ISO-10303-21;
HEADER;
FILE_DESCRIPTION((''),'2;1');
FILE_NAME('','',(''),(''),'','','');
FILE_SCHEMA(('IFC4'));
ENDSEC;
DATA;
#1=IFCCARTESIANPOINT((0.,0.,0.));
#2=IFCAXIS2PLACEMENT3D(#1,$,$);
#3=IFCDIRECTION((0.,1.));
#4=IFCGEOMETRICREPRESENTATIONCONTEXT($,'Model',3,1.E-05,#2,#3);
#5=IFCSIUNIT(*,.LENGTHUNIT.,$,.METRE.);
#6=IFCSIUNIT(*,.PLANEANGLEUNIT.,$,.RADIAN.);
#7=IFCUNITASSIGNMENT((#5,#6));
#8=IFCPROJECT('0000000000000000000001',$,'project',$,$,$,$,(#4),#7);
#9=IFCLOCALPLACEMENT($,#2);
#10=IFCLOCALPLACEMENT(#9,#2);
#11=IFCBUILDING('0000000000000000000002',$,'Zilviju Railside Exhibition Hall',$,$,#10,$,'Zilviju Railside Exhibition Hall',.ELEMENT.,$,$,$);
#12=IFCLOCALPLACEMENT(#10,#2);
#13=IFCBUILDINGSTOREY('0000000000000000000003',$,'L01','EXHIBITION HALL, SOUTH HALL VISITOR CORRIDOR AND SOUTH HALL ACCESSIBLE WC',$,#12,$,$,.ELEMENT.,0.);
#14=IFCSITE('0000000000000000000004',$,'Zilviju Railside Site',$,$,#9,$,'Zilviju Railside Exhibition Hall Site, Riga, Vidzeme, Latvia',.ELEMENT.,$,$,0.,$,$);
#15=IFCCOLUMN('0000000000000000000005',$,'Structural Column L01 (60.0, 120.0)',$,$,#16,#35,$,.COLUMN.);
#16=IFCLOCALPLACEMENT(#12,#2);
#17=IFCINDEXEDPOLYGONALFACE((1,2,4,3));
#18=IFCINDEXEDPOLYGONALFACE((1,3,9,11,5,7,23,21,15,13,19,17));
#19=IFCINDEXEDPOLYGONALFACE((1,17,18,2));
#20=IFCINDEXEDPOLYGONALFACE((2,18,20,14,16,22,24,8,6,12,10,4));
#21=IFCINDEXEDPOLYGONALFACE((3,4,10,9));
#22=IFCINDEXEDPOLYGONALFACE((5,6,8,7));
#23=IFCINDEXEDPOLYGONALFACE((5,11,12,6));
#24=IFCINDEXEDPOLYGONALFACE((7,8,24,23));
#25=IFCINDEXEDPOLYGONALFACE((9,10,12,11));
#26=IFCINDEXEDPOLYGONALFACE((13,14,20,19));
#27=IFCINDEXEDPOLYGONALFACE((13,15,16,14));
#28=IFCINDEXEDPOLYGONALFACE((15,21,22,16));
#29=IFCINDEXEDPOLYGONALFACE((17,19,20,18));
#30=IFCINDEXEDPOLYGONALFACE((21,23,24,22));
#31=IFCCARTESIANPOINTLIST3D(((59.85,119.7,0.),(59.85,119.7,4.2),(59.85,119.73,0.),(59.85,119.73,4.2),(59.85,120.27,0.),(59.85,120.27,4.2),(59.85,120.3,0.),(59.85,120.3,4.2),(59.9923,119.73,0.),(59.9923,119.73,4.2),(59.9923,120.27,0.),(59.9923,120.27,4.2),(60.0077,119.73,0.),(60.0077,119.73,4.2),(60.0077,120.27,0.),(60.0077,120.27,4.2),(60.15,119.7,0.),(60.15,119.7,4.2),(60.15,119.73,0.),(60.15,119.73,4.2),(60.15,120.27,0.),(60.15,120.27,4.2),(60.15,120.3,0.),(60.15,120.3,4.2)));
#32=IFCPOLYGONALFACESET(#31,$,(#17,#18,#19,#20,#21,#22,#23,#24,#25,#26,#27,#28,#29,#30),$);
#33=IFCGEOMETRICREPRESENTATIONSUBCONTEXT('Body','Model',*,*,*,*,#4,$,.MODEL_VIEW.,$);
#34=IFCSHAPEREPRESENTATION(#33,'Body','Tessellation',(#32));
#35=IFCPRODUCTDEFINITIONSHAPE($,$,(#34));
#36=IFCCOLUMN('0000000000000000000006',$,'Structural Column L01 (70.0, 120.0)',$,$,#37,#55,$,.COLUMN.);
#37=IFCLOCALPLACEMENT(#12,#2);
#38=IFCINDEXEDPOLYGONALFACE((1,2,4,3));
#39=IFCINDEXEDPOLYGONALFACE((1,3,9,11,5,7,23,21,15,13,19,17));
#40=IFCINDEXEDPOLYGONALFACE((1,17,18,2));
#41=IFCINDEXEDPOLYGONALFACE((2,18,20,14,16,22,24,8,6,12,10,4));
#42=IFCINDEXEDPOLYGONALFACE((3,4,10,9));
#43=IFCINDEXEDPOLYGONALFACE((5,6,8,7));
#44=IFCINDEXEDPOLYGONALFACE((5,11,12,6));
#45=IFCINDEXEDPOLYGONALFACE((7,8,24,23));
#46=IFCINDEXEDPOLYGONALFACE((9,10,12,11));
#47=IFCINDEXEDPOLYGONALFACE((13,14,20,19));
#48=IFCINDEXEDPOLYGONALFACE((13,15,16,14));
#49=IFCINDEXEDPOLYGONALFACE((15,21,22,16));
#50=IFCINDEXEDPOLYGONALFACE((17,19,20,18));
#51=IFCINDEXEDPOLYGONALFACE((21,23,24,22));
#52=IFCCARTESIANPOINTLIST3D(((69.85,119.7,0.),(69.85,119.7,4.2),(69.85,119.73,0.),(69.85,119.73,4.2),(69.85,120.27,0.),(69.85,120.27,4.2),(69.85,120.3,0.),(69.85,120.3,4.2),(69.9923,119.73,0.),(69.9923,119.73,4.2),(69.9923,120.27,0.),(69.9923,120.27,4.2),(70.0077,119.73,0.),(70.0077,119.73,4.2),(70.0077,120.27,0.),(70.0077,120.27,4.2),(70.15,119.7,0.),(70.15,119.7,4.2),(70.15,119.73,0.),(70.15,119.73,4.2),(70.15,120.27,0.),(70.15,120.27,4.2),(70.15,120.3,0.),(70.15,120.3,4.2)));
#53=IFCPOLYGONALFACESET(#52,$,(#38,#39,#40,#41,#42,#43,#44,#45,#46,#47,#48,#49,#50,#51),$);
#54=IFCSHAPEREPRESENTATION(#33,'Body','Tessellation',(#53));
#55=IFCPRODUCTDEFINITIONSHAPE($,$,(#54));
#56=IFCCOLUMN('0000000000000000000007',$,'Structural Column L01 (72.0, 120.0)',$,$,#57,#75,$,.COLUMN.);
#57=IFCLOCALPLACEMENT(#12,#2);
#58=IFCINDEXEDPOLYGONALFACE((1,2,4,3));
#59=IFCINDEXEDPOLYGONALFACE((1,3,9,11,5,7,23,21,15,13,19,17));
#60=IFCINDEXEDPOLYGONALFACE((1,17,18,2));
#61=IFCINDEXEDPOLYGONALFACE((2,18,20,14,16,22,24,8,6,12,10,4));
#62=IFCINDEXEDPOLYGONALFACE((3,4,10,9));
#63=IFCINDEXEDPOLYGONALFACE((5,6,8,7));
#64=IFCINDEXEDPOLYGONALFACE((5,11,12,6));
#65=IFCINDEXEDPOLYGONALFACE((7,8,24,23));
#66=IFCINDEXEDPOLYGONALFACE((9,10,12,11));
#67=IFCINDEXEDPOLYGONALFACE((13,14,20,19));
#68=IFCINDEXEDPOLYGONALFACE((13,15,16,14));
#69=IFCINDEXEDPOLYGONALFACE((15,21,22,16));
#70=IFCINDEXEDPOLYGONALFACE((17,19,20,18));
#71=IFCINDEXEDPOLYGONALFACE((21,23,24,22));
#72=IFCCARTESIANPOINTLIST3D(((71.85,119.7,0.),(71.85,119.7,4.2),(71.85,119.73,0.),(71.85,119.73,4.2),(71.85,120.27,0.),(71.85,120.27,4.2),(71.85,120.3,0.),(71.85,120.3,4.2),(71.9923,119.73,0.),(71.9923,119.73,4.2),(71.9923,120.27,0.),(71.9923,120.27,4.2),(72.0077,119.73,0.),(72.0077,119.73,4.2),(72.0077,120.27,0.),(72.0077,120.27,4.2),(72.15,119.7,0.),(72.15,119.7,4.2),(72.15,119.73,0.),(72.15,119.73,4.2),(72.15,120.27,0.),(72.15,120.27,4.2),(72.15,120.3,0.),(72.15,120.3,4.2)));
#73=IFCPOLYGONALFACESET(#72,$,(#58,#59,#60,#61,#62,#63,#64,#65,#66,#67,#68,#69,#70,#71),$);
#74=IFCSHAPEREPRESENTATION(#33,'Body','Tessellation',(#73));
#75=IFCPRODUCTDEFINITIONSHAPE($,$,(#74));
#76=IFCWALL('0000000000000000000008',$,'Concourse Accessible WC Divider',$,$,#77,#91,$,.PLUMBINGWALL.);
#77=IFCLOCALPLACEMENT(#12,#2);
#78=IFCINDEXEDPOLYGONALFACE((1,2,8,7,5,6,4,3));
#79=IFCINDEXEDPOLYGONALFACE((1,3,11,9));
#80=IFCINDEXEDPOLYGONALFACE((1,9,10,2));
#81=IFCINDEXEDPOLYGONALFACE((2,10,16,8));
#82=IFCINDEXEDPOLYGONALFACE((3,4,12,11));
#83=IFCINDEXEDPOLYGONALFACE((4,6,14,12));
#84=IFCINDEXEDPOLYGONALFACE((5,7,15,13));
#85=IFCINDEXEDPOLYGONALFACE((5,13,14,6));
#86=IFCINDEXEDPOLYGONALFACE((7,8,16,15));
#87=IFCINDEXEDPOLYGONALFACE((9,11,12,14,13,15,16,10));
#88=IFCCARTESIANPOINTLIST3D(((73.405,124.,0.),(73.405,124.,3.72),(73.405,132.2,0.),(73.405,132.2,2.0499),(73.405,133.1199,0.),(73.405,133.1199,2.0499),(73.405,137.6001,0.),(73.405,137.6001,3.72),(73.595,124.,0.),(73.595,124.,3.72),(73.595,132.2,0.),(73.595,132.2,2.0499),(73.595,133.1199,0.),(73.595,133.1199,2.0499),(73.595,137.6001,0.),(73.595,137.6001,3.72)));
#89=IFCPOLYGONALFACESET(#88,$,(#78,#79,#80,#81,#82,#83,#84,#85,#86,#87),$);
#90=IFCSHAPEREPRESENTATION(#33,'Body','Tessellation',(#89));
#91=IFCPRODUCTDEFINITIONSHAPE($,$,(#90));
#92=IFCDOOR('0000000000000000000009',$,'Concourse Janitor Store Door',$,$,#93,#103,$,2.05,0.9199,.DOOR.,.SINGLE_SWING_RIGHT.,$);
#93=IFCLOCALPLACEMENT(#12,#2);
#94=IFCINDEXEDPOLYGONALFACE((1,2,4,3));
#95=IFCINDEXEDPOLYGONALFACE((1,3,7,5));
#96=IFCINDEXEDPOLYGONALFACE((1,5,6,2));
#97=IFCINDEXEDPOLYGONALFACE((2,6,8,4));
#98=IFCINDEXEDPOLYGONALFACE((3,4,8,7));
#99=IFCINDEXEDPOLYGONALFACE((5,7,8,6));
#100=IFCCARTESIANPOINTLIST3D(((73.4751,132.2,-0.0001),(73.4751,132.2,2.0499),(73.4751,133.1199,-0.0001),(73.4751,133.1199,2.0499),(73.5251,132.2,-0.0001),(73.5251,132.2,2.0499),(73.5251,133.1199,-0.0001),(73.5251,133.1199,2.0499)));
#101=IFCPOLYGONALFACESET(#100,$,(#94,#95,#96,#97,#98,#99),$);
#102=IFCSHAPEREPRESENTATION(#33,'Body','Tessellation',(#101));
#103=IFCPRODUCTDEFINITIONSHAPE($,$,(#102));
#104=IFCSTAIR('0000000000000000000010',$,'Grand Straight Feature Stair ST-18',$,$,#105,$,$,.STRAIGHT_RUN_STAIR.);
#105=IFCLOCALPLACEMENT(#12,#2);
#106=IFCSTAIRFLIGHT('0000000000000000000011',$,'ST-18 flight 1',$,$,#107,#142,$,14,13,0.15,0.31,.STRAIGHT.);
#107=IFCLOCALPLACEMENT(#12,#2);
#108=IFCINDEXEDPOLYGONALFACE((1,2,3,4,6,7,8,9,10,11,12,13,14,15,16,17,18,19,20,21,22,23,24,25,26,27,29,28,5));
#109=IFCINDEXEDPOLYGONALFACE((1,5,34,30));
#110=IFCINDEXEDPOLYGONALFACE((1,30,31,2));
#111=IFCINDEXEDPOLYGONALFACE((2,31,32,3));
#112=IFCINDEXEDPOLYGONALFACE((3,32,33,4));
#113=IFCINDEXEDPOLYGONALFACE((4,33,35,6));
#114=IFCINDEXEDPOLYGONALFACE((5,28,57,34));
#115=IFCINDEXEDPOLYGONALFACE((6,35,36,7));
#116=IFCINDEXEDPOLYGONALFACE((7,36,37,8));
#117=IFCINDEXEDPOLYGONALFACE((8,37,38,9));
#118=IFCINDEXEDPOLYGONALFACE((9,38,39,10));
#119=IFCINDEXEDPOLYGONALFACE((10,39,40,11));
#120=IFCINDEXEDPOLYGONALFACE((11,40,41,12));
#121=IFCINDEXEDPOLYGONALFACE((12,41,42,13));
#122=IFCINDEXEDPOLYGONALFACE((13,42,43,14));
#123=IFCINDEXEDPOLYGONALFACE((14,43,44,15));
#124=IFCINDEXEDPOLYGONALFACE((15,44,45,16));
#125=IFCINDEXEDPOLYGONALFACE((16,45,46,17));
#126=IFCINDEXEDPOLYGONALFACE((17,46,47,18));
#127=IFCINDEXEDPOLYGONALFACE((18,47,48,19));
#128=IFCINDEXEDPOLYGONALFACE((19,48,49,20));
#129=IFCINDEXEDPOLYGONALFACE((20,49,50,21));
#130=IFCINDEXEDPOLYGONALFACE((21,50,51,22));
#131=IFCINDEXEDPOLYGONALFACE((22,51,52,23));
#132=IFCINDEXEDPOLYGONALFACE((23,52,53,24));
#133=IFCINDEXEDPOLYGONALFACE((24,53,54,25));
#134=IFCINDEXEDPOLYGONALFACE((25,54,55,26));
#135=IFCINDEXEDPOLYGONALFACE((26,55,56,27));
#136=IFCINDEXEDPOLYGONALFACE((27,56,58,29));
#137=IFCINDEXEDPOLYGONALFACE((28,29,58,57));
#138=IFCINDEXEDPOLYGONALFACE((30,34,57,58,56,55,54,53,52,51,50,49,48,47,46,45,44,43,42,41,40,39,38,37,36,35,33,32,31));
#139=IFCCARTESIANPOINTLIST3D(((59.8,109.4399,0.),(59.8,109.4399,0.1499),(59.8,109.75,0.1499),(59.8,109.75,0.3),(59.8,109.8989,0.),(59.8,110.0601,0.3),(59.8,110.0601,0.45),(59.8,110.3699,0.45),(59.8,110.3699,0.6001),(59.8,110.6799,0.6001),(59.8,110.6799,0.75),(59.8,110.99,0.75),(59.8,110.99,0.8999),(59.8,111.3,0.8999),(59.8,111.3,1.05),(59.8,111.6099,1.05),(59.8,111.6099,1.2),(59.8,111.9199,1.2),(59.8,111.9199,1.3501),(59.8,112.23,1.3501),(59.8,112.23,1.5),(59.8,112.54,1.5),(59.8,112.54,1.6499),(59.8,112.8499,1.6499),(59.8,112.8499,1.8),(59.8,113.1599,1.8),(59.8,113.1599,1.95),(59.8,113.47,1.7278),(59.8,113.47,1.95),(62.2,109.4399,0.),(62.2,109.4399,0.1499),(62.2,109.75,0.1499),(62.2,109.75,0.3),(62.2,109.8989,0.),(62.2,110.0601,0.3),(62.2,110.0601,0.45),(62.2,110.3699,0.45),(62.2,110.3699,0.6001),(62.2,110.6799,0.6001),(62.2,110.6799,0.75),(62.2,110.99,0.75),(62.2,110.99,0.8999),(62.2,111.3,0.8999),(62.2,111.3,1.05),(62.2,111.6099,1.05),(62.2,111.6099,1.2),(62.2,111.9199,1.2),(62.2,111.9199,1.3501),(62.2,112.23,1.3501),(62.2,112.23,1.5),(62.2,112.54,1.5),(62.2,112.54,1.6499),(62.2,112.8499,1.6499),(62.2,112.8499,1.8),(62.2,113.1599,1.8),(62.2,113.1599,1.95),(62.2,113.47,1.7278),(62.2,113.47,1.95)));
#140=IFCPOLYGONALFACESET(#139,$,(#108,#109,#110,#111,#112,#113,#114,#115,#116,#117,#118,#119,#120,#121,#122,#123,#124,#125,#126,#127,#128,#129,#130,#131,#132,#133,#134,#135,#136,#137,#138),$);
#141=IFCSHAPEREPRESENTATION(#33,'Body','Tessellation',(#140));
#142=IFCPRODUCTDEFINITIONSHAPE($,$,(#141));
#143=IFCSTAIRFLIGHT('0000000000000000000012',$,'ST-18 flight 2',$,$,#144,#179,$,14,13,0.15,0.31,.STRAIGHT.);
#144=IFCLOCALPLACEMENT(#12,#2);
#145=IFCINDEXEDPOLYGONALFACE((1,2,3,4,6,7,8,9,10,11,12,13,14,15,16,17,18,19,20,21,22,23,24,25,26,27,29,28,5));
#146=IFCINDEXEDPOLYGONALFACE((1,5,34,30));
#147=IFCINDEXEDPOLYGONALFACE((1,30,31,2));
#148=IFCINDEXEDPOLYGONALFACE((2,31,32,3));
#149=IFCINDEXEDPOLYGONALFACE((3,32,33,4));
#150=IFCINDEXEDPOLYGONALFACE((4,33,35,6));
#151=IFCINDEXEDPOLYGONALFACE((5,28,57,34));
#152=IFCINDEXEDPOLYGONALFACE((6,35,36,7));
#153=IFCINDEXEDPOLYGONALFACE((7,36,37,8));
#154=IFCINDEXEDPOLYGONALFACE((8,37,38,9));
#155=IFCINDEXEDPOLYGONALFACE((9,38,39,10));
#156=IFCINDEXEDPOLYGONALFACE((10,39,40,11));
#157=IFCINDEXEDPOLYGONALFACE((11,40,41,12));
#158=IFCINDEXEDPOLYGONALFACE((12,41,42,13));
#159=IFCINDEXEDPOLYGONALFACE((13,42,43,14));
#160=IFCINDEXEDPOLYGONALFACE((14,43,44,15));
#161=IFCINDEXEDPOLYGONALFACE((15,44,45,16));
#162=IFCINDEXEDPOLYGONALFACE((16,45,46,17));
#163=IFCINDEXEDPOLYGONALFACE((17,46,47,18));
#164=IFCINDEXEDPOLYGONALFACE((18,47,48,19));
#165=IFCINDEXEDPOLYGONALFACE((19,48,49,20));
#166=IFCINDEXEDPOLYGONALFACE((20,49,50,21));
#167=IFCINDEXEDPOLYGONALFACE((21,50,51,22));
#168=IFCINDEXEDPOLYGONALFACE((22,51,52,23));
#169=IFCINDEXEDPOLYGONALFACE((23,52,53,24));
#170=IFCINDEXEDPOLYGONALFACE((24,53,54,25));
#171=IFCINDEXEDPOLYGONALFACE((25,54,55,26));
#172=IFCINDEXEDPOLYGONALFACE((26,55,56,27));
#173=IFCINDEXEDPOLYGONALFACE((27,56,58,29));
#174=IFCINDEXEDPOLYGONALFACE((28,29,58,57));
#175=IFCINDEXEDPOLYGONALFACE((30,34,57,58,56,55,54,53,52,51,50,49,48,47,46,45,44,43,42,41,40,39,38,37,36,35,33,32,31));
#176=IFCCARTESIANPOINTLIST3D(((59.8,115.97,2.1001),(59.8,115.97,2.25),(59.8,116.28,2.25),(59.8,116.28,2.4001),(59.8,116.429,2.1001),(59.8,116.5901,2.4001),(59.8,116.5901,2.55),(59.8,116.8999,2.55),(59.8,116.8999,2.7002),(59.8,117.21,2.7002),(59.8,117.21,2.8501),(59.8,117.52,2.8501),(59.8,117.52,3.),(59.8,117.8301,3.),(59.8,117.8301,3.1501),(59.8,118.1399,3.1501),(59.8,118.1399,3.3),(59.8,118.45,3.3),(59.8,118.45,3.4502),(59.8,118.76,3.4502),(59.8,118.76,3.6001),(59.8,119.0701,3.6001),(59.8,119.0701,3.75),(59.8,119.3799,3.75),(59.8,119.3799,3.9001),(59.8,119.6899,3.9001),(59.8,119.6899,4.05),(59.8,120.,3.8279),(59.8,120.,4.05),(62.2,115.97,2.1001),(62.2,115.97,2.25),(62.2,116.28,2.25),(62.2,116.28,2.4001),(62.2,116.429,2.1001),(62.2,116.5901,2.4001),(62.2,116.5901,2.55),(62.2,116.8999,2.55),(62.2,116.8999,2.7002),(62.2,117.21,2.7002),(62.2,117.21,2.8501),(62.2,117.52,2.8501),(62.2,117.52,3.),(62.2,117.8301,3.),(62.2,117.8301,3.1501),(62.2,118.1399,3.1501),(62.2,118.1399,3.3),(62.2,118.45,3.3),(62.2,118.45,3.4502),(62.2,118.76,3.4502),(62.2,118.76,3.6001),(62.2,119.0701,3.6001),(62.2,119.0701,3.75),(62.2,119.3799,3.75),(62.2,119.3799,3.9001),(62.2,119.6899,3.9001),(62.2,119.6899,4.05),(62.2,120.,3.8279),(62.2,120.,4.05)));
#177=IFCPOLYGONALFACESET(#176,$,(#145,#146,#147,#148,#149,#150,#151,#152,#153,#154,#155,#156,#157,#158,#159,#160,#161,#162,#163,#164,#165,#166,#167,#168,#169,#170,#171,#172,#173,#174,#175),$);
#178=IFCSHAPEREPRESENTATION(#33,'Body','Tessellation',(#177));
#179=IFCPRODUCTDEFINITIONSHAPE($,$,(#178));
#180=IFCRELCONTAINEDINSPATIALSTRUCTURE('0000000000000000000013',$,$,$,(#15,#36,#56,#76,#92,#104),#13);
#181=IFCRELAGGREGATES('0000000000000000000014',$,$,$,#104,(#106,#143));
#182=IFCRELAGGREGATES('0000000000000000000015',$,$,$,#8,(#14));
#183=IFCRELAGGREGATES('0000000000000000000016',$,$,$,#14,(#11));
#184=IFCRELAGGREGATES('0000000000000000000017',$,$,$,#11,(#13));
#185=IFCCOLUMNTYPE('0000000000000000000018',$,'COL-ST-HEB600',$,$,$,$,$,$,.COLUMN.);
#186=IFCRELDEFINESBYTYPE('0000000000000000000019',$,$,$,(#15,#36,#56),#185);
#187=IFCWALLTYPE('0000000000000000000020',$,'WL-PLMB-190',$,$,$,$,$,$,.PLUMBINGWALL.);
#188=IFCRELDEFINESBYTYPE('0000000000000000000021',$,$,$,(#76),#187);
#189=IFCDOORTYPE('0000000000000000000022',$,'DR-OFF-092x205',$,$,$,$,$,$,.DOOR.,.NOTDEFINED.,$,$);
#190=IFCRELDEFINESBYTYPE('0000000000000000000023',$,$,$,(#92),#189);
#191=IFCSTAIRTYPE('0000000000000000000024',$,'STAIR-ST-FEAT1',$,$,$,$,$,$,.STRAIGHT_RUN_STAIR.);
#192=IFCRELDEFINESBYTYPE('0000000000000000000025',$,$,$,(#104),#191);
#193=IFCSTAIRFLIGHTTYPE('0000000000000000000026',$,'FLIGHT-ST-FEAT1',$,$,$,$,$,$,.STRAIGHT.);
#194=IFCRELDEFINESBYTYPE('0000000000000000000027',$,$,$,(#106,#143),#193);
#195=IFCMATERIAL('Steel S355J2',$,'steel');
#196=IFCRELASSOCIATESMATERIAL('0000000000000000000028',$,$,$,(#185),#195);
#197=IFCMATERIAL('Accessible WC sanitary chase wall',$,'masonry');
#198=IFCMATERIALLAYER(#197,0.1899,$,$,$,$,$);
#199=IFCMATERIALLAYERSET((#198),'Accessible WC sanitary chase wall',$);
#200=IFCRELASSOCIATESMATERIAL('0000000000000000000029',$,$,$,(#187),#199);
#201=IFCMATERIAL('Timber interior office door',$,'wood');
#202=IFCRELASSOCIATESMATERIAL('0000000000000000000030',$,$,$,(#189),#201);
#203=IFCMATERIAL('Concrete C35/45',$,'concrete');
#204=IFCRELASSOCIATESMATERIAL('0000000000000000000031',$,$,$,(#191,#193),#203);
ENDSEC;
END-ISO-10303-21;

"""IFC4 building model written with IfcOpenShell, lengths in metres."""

from ifc_helpers import new_model, si_unit, direction, frame, frame_2d, origin, origin_2d, place, context, subcontext, project, spatial, polyline, rectangle, i_section, outline, extrude, material, layer, layer_set, material_profile, profile_set, type_object, element, fill, aggregate, save


model = new_model("IFC4")

# Units and contexts
model_context = context("Model", 3, precision=1e-05, world=origin(), true_north=direction((0.0, 1.0)))
body_context = subcontext(model_context, "Body", "Model", "MODEL_VIEW")
ifc_project = project(units=[si_unit("LENGTHUNIT", "METRE"), si_unit("PLANEANGLEUNIT", "RADIAN")], contexts=[model_context])

# Site, building, storey
site_placement = place(None, origin())
site = spatial("IfcSite", under=ifc_project, at=site_placement, Name="Zilviju Railside Site", LongName="Zilviju Railside Exhibition Hall Site, Riga, Vidzeme, Latvia", CompositionType="ELEMENT", RefElevation=0.0)
building_placement = place(site_placement, origin())
building = spatial("IfcBuilding", under=site, at=building_placement, Name="Zilviju Railside Exhibition Hall", LongName="Zilviju Railside Exhibition Hall", CompositionType="ELEMENT")
storey_placement = place(building_placement, origin())
storey = spatial("IfcBuildingStorey", under=building, at=storey_placement, Name="L01", Description="EXHIBITION HALL, SOUTH HALL VISITOR CORRIDOR AND SOUTH HALL ACCESSIBLE WC", CompositionType="ELEMENT", Elevation=0.0)

# Shared definitions
ifc_material_1 = material(Name="Concrete C35/45", Category="concrete")

# Columns
ifc_material_2 = material(Name="Steel S355J2", Category="steel")
ifc_material_profile_1 = material_profile(ifc_material_2, i_section(OverallWidth=0.3, OverallDepth=0.6001, WebThickness=0.0154, FlangeThickness=0.03, at=origin_2d()), Name="HEB 600")
ifc_profile_set_1 = profile_set([ifc_material_profile_1], Name="Steel S355J2")
column_type_1 = type_object("IfcColumnType", Name="COL-ST-HEB600", PredefinedType="COLUMN", material=ifc_profile_set_1)
for number, where, z_axis, x_axis, name in (
    (1, (60.0, 120.0, 0.0), (0.0, 0.0, 1.0), (1.0, 0.0, 0.0), "Structural Column L01 (60.0, 120.0)"),
    (2, (70.0, 120.0, 0.0), (0.0, 0.0, 1.0), (1.0, 0.0, 0.0), "Structural Column L01 (70.0, 120.0)"),
    (3, (72.0, 120.0, 0.0), (0.0, 0.0, 1.0), (1.0, 0.0, 0.0), "Structural Column L01 (72.0, 120.0)"),
):
    element("IfcColumn", number, at=place(storey_placement, frame(where, z_axis=z_axis, x_axis=x_axis)), inside=storey, type_object=column_type_1, Name=name, PredefinedType="COLUMN", context=body_context, shape_type="SweptSolid", body=[
        extrude(i_section(OverallWidth=0.3, OverallDepth=0.6001, WebThickness=0.0154, FlangeThickness=0.03, at=origin_2d()), origin(), (0.0, 0.0, 1.0), 4.2),
    ])

# Wall, opening, door
ifc_material_3 = material(Name="Accessible WC sanitary chase wall", Category="masonry")
ifc_layer = layer(ifc_material_3, 0.1899)
ifc_layer_set = layer_set([ifc_layer], Name="Accessible WC sanitary chase wall")
wall_type = type_object("IfcWallType", Name="WL-PLMB-190", PredefinedType="PLUMBINGWALL", material=ifc_layer_set)
wall_placement = place(storey_placement, frame((73.5, 124.0, 0.0), z_axis=(0.0, 0.0, 1.0), x_axis=(0.0, 1.0, 0.0)))
wall = element("IfcWall", 4, at=wall_placement, inside=storey, type_object=wall_type, Name="Concourse Accessible WC Divider", PredefinedType="PLUMBINGWALL", context=body_context, shape_type="SweptSolid", body=[
    extrude(rectangle(XDim=13.6001, YDim=0.1899, at=frame_2d((6.8, 0.0))), origin(), (0.0, 0.0, 1.0), 3.72),
])
opening_placement = place(wall_placement, frame((8.2, 0.0, 0.0)))
opening = element("IfcOpeningElement", 5, at=opening_placement, cuts=wall, PredefinedType="OPENING", context=body_context, shape_type="SweptSolid", body=[
    extrude(rectangle(XDim=0.9199, YDim=2.05, at=frame_2d((0.46, 1.0249))), frame((0.0, 0.105, 0.0), z_axis=(0.0, -1.0, 0.0), x_axis=(1.0, 0.0, 0.0)), (0.0, 0.0, 1.0), 0.21),
])
ifc_material_4 = material(Name="Timber interior office door", Category="wood")
door_type = type_object("IfcDoorType", Name="DR-OFF-092x205", OperationType="NOTDEFINED", PredefinedType="DOOR", material=ifc_material_4)
door_placement = place(opening_placement, origin())
door = element("IfcDoor", 6, at=door_placement, inside=storey, type_object=door_type, Name="Concourse Janitor Store Door", OperationType="SINGLE_SWING_RIGHT", OverallHeight=2.05, OverallWidth=0.9199, PredefinedType="DOOR", context=body_context, shape_type="SweptSolid", body=[
    extrude(rectangle(XDim=0.9199, YDim=2.05, at=frame_2d((0.46, 1.0249))), frame((0.0, 0.0249, 0.0), z_axis=(0.0, -1.0, 0.0), x_axis=(1.0, 0.0, 0.0)), (0.0, 0.0, 1.0), 0.05),
])
fill(opening, door)

# Stair, stair flights
stair_type = type_object("IfcStairType", Name="STAIR-ST-FEAT1", PredefinedType="STRAIGHT_RUN_STAIR", material=ifc_material_1)
stair_placement = place(storey_placement, origin())
stair = element("IfcStair", 7, at=stair_placement, inside=storey, type_object=stair_type, Name="Grand Straight Feature Stair ST-18", PredefinedType="STRAIGHT_RUN_STAIR")
stair_flight_type = type_object("IfcStairFlightType", Name="FLIGHT-ST-FEAT1", PredefinedType="STRAIGHT", material=ifc_material_1)
stair_flight_1_placement = place(storey_placement, frame((61.0, 109.4399, 0.0), z_axis=(0.0, 0.0, 1.0), x_axis=(0.0, 1.0, 0.0)))
stair_flight_1 = element("IfcStairFlight", 8, at=stair_flight_1_placement, type_object=stair_flight_type, Name="ST-18 flight 1", NumberOfRisers=14, NumberOfTreads=13, PredefinedType="STRAIGHT", RiserHeight=0.15, TreadLength=0.31, context=body_context, shape_type="SweptSolid", body=[
    extrude(outline(polyline([(0.0, 0.0), (0.0, 0.1499), (0.3101, 0.1499), (0.3101, 0.3), (0.6201, 0.3), (0.6201, 0.45), (0.9299, 0.45), (0.9299, 0.6001), (1.24, 0.6001), (1.24, 0.75), (1.55, 0.75), (1.55, 0.8999), (1.8601, 0.8999), (1.8601, 1.05), (2.1699, 1.05), (2.1699, 1.2), (2.48, 1.2), (2.48, 1.3501), (2.79, 1.3501), (2.79, 1.5), (3.1001, 1.5), (3.1001, 1.6499), (3.4099, 1.6499), (3.4099, 1.8), (3.72, 1.8), (3.72, 1.95), (4.03, 1.95), (4.03, 2.1001), (4.03, 1.7278), (0.459, 0.0), (0.0, 0.0)])), frame((0.0, 1.2, 0.0), z_axis=(0.0, -1.0, 0.0), x_axis=(1.0, 0.0, 0.0)), (0.0, 0.0, 1.0), 2.3999),
])
stair_flight_2_placement = place(storey_placement, frame((61.0, 115.97, 2.1001), z_axis=(0.0, 0.0, 1.0), x_axis=(0.0, 1.0, 0.0)))
stair_flight_2 = element("IfcStairFlight", 9, at=stair_flight_2_placement, type_object=stair_flight_type, Name="ST-18 flight 2", NumberOfRisers=14, NumberOfTreads=13, PredefinedType="STRAIGHT", RiserHeight=0.15, TreadLength=0.31, context=body_context, shape_type="SweptSolid", body=[
    extrude(outline(polyline([(0.0, 0.0), (0.0, 0.1499), (0.3101, 0.1499), (0.3101, 0.3), (0.6201, 0.3), (0.6201, 0.45), (0.9299, 0.45), (0.9299, 0.6001), (1.24, 0.6001), (1.24, 0.75), (1.55, 0.75), (1.55, 0.8999), (1.8601, 0.8999), (1.8601, 1.05), (2.1699, 1.05), (2.1699, 1.2), (2.48, 1.2), (2.48, 1.3501), (2.79, 1.3501), (2.79, 1.5), (3.1001, 1.5), (3.1001, 1.6499), (3.4099, 1.6499), (3.4099, 1.8), (3.72, 1.8), (3.72, 1.95), (4.03, 1.95), (4.03, 2.1001), (4.03, 1.7278), (0.459, 0.0), (0.0, 0.0)])), frame((0.0, 1.2, 0.0), z_axis=(0.0, -1.0, 0.0), x_axis=(1.0, 0.0, 0.0)), (0.0, 0.0, 1.0), 2.3999),
])
aggregate(stair, [stair_flight_1, stair_flight_2])

save(model, "model.ifc")
